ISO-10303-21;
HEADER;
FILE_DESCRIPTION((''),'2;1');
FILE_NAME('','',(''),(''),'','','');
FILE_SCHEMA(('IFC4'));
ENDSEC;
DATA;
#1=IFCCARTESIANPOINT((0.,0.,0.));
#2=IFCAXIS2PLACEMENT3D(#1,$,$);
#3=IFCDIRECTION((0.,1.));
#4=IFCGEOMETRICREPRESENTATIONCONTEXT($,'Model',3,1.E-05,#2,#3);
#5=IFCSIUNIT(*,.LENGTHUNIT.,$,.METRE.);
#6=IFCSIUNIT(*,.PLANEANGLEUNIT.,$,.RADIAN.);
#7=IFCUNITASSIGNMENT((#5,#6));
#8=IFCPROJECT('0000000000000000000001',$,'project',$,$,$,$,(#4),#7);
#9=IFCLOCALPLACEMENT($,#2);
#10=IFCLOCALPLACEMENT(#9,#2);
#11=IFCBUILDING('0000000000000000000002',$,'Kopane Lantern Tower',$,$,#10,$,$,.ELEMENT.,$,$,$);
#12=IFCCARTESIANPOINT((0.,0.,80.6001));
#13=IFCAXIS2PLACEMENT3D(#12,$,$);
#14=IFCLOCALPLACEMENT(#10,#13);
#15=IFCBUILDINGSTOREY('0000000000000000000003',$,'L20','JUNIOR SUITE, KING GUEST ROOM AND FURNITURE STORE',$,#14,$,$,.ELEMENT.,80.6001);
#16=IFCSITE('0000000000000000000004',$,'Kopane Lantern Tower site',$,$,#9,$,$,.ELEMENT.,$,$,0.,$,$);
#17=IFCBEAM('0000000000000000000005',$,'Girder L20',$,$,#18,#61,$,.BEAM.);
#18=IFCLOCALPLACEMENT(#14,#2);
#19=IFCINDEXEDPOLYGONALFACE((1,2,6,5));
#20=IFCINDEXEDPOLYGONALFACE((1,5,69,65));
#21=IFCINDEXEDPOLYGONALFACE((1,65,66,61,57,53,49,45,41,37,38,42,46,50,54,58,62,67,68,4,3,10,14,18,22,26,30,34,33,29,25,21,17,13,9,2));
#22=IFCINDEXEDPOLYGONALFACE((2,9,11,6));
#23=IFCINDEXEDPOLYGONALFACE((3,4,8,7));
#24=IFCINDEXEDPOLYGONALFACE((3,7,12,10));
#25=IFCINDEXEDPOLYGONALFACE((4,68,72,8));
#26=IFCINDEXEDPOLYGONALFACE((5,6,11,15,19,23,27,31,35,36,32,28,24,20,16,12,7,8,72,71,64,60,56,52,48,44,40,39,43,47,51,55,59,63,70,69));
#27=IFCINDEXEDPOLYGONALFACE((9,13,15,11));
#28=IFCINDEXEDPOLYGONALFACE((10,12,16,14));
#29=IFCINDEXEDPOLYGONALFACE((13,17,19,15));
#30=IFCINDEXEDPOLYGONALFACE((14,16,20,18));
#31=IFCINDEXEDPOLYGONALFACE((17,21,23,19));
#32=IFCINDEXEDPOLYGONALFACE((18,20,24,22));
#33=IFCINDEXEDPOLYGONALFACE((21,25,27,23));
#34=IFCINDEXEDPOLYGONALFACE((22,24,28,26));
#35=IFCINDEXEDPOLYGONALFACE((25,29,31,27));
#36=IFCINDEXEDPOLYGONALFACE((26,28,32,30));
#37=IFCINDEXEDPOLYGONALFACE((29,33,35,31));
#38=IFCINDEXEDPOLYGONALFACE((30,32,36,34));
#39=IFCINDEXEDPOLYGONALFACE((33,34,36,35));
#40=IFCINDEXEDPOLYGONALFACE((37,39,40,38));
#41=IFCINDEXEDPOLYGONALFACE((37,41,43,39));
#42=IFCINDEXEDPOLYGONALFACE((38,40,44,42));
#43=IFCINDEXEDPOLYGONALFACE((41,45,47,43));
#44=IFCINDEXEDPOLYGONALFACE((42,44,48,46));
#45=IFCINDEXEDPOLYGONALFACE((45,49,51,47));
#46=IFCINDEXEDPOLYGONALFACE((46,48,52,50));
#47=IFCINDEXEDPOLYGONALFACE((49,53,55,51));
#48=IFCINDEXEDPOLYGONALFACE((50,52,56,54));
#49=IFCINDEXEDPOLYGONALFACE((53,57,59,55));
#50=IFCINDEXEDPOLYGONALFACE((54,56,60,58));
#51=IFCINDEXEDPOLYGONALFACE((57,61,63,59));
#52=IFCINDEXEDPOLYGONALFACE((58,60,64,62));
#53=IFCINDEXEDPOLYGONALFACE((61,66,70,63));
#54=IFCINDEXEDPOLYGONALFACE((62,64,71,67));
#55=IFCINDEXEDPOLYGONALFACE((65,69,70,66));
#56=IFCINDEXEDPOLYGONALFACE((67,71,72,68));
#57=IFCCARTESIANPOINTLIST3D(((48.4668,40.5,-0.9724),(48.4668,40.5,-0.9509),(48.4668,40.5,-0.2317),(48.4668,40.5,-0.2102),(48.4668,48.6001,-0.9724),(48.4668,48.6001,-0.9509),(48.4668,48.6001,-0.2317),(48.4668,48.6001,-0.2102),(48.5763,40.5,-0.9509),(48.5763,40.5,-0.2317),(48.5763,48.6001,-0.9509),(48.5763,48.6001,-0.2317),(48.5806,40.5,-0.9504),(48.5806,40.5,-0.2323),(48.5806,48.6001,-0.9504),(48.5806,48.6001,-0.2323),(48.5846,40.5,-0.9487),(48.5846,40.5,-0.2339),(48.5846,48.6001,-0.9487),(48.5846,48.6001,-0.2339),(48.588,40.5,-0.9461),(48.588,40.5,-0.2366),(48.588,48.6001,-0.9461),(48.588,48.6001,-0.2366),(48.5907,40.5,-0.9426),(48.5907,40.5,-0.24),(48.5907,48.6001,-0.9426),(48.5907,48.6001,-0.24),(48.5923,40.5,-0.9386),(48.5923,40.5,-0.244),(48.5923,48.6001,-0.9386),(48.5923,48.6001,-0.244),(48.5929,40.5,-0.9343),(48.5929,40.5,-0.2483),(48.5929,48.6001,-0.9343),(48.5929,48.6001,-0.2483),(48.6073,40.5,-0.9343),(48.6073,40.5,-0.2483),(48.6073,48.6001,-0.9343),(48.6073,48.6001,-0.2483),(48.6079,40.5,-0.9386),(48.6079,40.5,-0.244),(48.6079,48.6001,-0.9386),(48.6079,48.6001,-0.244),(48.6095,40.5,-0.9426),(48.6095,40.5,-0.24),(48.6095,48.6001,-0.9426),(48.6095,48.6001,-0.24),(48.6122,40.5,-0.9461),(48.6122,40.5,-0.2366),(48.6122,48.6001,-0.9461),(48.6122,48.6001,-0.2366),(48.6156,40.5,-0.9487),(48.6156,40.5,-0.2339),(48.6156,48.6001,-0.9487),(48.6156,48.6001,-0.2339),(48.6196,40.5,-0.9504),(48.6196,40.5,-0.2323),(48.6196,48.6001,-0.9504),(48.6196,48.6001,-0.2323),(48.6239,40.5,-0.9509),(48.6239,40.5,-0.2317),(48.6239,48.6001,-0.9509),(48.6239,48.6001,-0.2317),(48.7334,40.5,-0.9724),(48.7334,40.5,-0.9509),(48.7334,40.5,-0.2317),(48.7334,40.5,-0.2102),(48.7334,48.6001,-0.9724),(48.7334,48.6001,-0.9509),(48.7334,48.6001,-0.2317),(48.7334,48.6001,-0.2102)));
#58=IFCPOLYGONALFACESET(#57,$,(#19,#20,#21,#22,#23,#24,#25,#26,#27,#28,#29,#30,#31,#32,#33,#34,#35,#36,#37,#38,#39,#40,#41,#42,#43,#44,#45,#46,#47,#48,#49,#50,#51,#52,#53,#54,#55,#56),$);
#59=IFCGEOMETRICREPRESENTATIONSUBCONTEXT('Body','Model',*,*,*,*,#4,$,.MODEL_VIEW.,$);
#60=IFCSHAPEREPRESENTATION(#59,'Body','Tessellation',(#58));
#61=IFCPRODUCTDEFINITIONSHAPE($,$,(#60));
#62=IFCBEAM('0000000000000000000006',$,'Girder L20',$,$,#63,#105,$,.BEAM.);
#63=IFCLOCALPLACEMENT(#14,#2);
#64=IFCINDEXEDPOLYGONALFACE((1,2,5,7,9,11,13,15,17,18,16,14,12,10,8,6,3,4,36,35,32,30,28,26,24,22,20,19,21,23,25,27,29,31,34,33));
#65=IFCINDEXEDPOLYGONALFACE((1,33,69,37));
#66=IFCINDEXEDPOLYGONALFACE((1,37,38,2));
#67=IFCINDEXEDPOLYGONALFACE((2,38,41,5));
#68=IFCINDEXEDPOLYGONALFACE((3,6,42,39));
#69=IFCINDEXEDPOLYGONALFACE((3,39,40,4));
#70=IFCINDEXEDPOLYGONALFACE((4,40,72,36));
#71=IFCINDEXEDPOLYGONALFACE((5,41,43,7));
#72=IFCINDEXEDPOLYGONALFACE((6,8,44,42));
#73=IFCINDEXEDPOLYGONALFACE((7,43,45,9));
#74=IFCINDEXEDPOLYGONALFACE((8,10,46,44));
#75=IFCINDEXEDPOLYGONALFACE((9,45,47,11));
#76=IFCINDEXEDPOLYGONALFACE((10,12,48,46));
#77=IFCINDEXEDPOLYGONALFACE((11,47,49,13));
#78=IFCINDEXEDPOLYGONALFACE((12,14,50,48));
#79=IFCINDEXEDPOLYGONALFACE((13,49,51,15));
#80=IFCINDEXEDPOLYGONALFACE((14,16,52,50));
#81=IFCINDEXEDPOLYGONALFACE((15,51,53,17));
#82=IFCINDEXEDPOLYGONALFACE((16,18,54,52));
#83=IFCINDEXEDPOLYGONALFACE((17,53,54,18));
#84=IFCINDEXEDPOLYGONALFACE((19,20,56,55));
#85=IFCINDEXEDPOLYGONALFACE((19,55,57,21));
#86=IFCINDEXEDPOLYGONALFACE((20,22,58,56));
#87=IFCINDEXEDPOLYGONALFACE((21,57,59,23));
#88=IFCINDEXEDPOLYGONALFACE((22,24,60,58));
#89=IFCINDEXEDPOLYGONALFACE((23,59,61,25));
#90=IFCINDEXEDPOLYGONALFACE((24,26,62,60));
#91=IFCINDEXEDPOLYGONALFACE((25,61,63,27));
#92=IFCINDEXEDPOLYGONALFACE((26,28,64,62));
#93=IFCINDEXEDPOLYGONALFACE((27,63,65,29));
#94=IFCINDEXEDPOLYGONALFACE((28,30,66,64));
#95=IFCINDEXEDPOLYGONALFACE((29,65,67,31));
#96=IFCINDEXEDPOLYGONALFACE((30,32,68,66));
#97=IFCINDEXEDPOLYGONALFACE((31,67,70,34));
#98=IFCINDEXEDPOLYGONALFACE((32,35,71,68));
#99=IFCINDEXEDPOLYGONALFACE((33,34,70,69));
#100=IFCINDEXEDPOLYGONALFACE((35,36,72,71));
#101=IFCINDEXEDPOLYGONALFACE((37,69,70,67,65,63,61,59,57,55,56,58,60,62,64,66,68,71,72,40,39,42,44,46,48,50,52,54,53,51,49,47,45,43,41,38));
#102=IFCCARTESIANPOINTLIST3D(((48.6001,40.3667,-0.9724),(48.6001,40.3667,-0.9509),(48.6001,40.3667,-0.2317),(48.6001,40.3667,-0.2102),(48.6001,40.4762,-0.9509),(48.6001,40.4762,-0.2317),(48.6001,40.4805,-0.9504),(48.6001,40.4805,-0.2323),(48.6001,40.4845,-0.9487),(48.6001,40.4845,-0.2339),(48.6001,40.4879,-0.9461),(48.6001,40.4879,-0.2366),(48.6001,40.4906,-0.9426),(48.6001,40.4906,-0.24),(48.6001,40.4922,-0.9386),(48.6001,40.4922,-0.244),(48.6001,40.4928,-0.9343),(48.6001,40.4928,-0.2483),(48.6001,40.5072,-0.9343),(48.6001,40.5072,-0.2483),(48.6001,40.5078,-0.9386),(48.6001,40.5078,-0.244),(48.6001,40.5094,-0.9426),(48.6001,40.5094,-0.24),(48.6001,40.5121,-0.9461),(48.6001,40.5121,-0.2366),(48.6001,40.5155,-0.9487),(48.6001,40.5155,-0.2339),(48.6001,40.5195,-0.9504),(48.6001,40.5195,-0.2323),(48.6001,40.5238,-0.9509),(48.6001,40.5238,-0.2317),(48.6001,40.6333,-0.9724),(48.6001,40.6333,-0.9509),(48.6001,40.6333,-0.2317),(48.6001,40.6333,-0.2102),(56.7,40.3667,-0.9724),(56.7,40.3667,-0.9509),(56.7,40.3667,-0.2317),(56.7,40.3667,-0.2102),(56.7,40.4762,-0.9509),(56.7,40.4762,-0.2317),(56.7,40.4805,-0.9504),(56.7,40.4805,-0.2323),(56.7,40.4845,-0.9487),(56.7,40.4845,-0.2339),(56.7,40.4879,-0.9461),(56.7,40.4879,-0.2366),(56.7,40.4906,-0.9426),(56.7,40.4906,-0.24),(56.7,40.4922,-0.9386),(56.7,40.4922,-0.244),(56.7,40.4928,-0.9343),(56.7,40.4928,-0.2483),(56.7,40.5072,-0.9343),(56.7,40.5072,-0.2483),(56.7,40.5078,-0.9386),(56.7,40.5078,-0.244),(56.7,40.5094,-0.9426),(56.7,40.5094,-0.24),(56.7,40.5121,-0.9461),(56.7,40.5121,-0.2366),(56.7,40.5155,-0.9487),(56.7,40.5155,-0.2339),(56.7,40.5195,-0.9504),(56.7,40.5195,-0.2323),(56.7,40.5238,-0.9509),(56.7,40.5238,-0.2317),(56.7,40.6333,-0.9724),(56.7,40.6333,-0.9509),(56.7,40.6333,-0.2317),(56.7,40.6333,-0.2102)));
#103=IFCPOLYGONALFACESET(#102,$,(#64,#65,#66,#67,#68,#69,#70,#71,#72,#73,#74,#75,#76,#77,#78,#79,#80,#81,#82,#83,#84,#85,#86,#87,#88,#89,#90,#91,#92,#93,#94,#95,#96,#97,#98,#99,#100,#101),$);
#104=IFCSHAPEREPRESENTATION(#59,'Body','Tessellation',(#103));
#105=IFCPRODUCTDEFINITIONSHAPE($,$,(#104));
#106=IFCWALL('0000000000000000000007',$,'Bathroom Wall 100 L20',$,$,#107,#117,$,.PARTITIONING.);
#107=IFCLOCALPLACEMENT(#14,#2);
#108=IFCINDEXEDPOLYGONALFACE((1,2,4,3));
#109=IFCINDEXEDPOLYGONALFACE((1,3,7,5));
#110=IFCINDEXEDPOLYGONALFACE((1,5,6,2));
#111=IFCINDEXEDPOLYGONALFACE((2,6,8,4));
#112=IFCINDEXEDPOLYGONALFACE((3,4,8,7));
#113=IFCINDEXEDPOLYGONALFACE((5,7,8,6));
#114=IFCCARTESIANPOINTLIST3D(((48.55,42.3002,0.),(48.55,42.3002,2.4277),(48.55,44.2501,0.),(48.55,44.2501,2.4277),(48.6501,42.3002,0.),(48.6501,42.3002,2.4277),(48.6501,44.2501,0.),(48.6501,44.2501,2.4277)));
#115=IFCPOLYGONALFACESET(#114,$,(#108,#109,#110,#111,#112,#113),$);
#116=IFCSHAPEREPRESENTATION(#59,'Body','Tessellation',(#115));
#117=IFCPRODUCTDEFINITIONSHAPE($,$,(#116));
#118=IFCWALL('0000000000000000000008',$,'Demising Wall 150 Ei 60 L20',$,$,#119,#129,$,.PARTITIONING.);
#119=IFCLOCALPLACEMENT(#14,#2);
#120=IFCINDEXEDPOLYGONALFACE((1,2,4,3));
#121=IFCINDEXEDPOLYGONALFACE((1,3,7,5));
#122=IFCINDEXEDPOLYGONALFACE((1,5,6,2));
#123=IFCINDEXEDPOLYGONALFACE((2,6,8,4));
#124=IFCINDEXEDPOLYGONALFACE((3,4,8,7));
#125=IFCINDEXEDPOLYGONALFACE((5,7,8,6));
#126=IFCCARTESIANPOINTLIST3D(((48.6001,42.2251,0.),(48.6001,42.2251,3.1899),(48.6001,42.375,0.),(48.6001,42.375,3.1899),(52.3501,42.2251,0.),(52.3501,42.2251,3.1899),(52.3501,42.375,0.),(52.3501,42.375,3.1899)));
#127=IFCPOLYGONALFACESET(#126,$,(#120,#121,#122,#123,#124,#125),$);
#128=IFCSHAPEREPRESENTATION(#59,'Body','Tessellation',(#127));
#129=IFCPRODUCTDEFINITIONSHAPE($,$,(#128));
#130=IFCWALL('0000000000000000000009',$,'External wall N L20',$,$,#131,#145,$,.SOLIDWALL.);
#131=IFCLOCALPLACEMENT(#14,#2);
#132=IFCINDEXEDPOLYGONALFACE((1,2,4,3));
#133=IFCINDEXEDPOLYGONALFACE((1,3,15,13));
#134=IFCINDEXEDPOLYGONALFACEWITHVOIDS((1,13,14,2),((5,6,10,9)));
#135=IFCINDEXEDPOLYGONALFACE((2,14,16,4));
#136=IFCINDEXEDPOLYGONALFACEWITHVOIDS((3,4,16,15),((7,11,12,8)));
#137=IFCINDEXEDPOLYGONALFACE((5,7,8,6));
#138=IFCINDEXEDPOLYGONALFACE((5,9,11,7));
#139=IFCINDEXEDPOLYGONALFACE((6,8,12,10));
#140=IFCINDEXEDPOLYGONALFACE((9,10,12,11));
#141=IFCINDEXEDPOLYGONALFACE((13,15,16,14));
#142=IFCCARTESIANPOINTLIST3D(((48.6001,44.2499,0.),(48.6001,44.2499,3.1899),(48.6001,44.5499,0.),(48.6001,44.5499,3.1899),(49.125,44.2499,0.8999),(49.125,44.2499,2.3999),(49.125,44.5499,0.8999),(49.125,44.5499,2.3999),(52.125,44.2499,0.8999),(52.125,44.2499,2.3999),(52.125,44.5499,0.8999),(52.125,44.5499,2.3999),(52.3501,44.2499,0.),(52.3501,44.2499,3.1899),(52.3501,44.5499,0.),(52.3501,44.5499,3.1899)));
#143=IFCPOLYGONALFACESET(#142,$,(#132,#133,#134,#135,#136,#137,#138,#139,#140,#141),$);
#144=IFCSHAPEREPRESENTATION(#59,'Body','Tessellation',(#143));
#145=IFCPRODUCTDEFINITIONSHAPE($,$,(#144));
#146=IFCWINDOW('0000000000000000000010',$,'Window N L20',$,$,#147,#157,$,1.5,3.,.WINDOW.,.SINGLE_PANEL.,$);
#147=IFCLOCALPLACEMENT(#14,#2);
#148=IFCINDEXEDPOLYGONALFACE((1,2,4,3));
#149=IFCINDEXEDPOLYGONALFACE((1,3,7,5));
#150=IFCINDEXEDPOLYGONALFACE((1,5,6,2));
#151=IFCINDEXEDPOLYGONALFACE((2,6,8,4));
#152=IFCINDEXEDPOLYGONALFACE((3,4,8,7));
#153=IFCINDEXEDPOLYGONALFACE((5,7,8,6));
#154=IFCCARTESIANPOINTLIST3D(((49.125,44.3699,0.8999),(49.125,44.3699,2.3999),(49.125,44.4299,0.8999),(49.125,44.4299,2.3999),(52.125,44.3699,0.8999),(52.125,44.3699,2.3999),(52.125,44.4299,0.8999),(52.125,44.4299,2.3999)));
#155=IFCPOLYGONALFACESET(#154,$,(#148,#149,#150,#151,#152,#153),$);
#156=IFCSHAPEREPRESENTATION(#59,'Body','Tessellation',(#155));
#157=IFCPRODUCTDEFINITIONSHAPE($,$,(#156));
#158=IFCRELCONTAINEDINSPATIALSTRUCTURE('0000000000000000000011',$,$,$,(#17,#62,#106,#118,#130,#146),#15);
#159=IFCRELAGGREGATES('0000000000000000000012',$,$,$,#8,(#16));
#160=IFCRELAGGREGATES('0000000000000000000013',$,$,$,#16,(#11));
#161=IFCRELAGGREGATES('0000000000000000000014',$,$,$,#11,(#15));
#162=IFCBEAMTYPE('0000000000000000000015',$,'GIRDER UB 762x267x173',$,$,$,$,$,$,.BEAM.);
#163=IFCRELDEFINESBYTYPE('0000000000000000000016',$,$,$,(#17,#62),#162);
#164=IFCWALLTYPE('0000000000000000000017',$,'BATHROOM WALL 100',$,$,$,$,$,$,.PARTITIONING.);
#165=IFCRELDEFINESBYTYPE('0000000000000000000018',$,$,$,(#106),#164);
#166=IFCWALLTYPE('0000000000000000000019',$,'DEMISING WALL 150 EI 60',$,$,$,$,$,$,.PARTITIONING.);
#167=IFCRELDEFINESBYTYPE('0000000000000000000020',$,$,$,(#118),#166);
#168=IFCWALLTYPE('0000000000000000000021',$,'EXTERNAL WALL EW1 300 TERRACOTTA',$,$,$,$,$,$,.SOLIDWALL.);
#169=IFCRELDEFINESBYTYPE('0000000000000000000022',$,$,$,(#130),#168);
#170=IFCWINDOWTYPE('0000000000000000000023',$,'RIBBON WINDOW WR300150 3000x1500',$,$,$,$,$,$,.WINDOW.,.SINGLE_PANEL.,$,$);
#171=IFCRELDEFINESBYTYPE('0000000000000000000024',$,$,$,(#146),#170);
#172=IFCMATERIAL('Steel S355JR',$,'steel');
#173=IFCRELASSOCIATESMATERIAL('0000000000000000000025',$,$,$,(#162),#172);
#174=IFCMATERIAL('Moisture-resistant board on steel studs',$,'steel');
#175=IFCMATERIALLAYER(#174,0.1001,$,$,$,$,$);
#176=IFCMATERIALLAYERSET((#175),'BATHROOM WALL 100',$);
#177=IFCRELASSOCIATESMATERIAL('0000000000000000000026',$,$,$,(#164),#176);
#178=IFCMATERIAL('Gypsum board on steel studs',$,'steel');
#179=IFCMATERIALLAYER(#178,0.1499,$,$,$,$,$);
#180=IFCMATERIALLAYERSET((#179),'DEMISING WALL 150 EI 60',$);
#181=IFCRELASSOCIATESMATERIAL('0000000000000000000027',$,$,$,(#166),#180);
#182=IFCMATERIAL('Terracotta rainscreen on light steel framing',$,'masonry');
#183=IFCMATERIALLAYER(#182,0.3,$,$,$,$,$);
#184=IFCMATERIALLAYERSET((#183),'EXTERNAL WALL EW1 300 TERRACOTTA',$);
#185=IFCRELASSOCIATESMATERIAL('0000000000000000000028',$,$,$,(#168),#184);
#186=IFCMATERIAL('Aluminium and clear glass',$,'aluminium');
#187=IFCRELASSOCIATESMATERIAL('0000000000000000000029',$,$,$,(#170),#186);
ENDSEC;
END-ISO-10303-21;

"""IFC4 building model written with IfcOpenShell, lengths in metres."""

from ifc_helpers import new_model, si_unit, direction, frame, frame_2d, origin, origin_2d, place, context, subcontext, project, spatial, rectangle, i_section, extrude, material, layer, layer_set, material_profile, profile_set, type_object, element, fill, save


model = new_model("IFC4")

# Units and contexts
model_context = context("Model", 3, precision=1e-05, world=origin(), true_north=direction((0.0, 1.0)))
body_context = subcontext(model_context, "Body", "Model", "MODEL_VIEW")
ifc_project = project(units=[si_unit("LENGTHUNIT", "METRE"), si_unit("PLANEANGLEUNIT", "RADIAN")], contexts=[model_context])

# Site, building, storey
site_placement = place(None, origin())
site = spatial("IfcSite", under=ifc_project, at=site_placement, Name="Kopane Lantern Tower site", CompositionType="ELEMENT", RefElevation=0.0)
building_placement = place(site_placement, origin())
building = spatial("IfcBuilding", under=site, at=building_placement, Name="Kopane Lantern Tower", CompositionType="ELEMENT")
storey_placement = place(building_placement, frame((0.0, 0.0, 80.6001)))
storey = spatial("IfcBuildingStorey", under=building, at=storey_placement, Name="L20", Description="JUNIOR SUITE, KING GUEST ROOM AND FURNITURE STORE", CompositionType="ELEMENT", Elevation=80.6001)

# Beams
ifc_material_1 = material(Name="Steel S355JR", Category="steel")
ifc_material_profile_1 = material_profile(ifc_material_1, i_section(OverallWidth=0.2666, OverallDepth=0.7622, WebThickness=0.0144, FlangeThickness=0.0215, FilletRadius=0.0166, at=origin_2d()), Name="UB 762x267x173")
ifc_profile_set_1 = profile_set([ifc_material_profile_1], Name="Steel S355JR")
beam_type_1 = type_object("IfcBeamType", Name="GIRDER UB 762x267x173", PredefinedType="BEAM", material=ifc_profile_set_1)
beam_1_placement = place(storey_placement, frame((48.6001, 40.5, -0.5913), z_axis=(0.0, 1.0, 0.0), x_axis=(-1.0, 0.0, 0.0)))
element("IfcBeam", 1, at=beam_1_placement, inside=storey, type_object=beam_type_1, Name="Girder L20", PredefinedType="BEAM", context=body_context, shape_type="SweptSolid", body=[
    extrude(i_section(OverallWidth=0.2666, OverallDepth=0.7622, WebThickness=0.0144, FlangeThickness=0.0215, FilletRadius=0.0166, at=origin_2d()), origin(), (0.0, 0.0, 1.0), 8.1001),
])
beam_2_placement = place(storey_placement, frame((48.6001, 40.5, -0.5913), z_axis=(1.0, 0.0, 0.0), x_axis=(0.0, 1.0, 0.0)))
element("IfcBeam", 2, at=beam_2_placement, inside=storey, type_object=beam_type_1, Name="Girder L20", PredefinedType="BEAM", context=body_context, shape_type="SweptSolid", body=[
    extrude(i_section(OverallWidth=0.2666, OverallDepth=0.7622, WebThickness=0.0144, FlangeThickness=0.0215, FilletRadius=0.0166, at=origin_2d()), origin(), (0.0, 0.0, 1.0), 8.0999),
])

# Walls
ifc_material_2 = material(Name="Moisture-resistant board on steel studs", Category="steel")
ifc_layer_1 = layer(ifc_material_2, 0.1001)
ifc_layer_set_1 = layer_set([ifc_layer_1], Name="BATHROOM WALL 100")
wall_type_1 = type_object("IfcWallType", Name="BATHROOM WALL 100", PredefinedType="PARTITIONING", material=ifc_layer_set_1)
wall_1_placement = place(storey_placement, frame((48.6001, 42.3, 0.0), z_axis=(0.0, 0.0, 1.0), x_axis=(0.0, 1.0, 0.0)))
element("IfcWall", 3, at=wall_1_placement, inside=storey, type_object=wall_type_1, Name="Bathroom Wall 100 L20", PredefinedType="PARTITIONING", context=body_context, shape_type="SweptSolid", body=[
    extrude(rectangle(XDim=1.95, YDim=0.1001, at=frame_2d((0.9751, 0.0))), origin(), (0.0, 0.0, 1.0), 2.4277),
])
ifc_material_3 = material(Name="Gypsum board on steel studs", Category="steel")
ifc_layer_2 = layer(ifc_material_3, 0.1499)
ifc_layer_set_2 = layer_set([ifc_layer_2], Name="DEMISING WALL 150 EI 60")
wall_type_2 = type_object("IfcWallType", Name="DEMISING WALL 150 EI 60", PredefinedType="PARTITIONING", material=ifc_layer_set_2)
wall_2_placement = place(storey_placement, frame((48.6001, 42.3, 0.0), z_axis=(0.0, 0.0, 1.0), x_axis=(1.0, 0.0, 0.0)))
element("IfcWall", 4, at=wall_2_placement, inside=storey, type_object=wall_type_2, Name="Demising Wall 150 Ei 60 L20", PredefinedType="PARTITIONING", context=body_context, shape_type="SweptSolid", body=[
    extrude(rectangle(XDim=3.75, YDim=0.1499, at=frame_2d((1.875, 0.0))), origin(), (0.0, 0.0, 1.0), 3.1899),
])

# Wall, opening, window
ifc_material_4 = material(Name="Terracotta rainscreen on light steel framing", Category="masonry")
ifc_layer_3 = layer(ifc_material_4, 0.3)
ifc_layer_set_3 = layer_set([ifc_layer_3], Name="EXTERNAL WALL EW1 300 TERRACOTTA")
wall_type_3 = type_object("IfcWallType", Name="EXTERNAL WALL EW1 300 TERRACOTTA", PredefinedType="SOLIDWALL", material=ifc_layer_set_3)
wall_3_placement = place(storey_placement, frame((52.3501, 44.3999, 0.0), z_axis=(0.0, 0.0, 1.0), x_axis=(-1.0, 0.0, 0.0)))
wall_3 = element("IfcWall", 5, at=wall_3_placement, inside=storey, type_object=wall_type_3, Name="External wall N L20", PredefinedType="SOLIDWALL", context=body_context, shape_type="SweptSolid", body=[
    extrude(rectangle(XDim=3.75, YDim=0.3, at=frame_2d((1.875, 0.0))), origin(), (0.0, 0.0, 1.0), 3.1899),
])
opening_placement = place(wall_3_placement, frame((0.2251, 0.0, 0.8999)))
opening = element("IfcOpeningElement", 6, at=opening_placement, cuts=wall_3, PredefinedType="OPENING", context=body_context, shape_type="SweptSolid", body=[
    extrude(rectangle(XDim=3.0, YDim=1.5, at=frame_2d((1.5, 0.75))), frame((0.0, 0.1599, 0.0), z_axis=(0.0, -1.0, 0.0), x_axis=(1.0, 0.0, 0.0)), (0.0, 0.0, 1.0), 0.3201),
])
ifc_material_5 = material(Name="Aluminium and clear glass", Category="aluminium")
window_type = type_object("IfcWindowType", Name="RIBBON WINDOW WR300150 3000x1500", PartitioningType="SINGLE_PANEL", PredefinedType="WINDOW", material=ifc_material_5)
window_placement = place(opening_placement, origin())
window = element("IfcWindow", 7, at=window_placement, inside=storey, type_object=window_type, Name="Window N L20", OverallHeight=1.5, OverallWidth=3.0, PartitioningType="SINGLE_PANEL", PredefinedType="WINDOW", context=body_context, shape_type="SweptSolid", body=[
    extrude(rectangle(XDim=3.0, YDim=1.5, at=frame_2d((1.5, 0.75))), frame((0.0, 0.03, 0.0), z_axis=(0.0, -1.0, 0.0), x_axis=(1.0, 0.0, 0.0)), (0.0, 0.0, 1.0), 0.0601),
])
fill(opening, window)

save(model, "model.ifc")
